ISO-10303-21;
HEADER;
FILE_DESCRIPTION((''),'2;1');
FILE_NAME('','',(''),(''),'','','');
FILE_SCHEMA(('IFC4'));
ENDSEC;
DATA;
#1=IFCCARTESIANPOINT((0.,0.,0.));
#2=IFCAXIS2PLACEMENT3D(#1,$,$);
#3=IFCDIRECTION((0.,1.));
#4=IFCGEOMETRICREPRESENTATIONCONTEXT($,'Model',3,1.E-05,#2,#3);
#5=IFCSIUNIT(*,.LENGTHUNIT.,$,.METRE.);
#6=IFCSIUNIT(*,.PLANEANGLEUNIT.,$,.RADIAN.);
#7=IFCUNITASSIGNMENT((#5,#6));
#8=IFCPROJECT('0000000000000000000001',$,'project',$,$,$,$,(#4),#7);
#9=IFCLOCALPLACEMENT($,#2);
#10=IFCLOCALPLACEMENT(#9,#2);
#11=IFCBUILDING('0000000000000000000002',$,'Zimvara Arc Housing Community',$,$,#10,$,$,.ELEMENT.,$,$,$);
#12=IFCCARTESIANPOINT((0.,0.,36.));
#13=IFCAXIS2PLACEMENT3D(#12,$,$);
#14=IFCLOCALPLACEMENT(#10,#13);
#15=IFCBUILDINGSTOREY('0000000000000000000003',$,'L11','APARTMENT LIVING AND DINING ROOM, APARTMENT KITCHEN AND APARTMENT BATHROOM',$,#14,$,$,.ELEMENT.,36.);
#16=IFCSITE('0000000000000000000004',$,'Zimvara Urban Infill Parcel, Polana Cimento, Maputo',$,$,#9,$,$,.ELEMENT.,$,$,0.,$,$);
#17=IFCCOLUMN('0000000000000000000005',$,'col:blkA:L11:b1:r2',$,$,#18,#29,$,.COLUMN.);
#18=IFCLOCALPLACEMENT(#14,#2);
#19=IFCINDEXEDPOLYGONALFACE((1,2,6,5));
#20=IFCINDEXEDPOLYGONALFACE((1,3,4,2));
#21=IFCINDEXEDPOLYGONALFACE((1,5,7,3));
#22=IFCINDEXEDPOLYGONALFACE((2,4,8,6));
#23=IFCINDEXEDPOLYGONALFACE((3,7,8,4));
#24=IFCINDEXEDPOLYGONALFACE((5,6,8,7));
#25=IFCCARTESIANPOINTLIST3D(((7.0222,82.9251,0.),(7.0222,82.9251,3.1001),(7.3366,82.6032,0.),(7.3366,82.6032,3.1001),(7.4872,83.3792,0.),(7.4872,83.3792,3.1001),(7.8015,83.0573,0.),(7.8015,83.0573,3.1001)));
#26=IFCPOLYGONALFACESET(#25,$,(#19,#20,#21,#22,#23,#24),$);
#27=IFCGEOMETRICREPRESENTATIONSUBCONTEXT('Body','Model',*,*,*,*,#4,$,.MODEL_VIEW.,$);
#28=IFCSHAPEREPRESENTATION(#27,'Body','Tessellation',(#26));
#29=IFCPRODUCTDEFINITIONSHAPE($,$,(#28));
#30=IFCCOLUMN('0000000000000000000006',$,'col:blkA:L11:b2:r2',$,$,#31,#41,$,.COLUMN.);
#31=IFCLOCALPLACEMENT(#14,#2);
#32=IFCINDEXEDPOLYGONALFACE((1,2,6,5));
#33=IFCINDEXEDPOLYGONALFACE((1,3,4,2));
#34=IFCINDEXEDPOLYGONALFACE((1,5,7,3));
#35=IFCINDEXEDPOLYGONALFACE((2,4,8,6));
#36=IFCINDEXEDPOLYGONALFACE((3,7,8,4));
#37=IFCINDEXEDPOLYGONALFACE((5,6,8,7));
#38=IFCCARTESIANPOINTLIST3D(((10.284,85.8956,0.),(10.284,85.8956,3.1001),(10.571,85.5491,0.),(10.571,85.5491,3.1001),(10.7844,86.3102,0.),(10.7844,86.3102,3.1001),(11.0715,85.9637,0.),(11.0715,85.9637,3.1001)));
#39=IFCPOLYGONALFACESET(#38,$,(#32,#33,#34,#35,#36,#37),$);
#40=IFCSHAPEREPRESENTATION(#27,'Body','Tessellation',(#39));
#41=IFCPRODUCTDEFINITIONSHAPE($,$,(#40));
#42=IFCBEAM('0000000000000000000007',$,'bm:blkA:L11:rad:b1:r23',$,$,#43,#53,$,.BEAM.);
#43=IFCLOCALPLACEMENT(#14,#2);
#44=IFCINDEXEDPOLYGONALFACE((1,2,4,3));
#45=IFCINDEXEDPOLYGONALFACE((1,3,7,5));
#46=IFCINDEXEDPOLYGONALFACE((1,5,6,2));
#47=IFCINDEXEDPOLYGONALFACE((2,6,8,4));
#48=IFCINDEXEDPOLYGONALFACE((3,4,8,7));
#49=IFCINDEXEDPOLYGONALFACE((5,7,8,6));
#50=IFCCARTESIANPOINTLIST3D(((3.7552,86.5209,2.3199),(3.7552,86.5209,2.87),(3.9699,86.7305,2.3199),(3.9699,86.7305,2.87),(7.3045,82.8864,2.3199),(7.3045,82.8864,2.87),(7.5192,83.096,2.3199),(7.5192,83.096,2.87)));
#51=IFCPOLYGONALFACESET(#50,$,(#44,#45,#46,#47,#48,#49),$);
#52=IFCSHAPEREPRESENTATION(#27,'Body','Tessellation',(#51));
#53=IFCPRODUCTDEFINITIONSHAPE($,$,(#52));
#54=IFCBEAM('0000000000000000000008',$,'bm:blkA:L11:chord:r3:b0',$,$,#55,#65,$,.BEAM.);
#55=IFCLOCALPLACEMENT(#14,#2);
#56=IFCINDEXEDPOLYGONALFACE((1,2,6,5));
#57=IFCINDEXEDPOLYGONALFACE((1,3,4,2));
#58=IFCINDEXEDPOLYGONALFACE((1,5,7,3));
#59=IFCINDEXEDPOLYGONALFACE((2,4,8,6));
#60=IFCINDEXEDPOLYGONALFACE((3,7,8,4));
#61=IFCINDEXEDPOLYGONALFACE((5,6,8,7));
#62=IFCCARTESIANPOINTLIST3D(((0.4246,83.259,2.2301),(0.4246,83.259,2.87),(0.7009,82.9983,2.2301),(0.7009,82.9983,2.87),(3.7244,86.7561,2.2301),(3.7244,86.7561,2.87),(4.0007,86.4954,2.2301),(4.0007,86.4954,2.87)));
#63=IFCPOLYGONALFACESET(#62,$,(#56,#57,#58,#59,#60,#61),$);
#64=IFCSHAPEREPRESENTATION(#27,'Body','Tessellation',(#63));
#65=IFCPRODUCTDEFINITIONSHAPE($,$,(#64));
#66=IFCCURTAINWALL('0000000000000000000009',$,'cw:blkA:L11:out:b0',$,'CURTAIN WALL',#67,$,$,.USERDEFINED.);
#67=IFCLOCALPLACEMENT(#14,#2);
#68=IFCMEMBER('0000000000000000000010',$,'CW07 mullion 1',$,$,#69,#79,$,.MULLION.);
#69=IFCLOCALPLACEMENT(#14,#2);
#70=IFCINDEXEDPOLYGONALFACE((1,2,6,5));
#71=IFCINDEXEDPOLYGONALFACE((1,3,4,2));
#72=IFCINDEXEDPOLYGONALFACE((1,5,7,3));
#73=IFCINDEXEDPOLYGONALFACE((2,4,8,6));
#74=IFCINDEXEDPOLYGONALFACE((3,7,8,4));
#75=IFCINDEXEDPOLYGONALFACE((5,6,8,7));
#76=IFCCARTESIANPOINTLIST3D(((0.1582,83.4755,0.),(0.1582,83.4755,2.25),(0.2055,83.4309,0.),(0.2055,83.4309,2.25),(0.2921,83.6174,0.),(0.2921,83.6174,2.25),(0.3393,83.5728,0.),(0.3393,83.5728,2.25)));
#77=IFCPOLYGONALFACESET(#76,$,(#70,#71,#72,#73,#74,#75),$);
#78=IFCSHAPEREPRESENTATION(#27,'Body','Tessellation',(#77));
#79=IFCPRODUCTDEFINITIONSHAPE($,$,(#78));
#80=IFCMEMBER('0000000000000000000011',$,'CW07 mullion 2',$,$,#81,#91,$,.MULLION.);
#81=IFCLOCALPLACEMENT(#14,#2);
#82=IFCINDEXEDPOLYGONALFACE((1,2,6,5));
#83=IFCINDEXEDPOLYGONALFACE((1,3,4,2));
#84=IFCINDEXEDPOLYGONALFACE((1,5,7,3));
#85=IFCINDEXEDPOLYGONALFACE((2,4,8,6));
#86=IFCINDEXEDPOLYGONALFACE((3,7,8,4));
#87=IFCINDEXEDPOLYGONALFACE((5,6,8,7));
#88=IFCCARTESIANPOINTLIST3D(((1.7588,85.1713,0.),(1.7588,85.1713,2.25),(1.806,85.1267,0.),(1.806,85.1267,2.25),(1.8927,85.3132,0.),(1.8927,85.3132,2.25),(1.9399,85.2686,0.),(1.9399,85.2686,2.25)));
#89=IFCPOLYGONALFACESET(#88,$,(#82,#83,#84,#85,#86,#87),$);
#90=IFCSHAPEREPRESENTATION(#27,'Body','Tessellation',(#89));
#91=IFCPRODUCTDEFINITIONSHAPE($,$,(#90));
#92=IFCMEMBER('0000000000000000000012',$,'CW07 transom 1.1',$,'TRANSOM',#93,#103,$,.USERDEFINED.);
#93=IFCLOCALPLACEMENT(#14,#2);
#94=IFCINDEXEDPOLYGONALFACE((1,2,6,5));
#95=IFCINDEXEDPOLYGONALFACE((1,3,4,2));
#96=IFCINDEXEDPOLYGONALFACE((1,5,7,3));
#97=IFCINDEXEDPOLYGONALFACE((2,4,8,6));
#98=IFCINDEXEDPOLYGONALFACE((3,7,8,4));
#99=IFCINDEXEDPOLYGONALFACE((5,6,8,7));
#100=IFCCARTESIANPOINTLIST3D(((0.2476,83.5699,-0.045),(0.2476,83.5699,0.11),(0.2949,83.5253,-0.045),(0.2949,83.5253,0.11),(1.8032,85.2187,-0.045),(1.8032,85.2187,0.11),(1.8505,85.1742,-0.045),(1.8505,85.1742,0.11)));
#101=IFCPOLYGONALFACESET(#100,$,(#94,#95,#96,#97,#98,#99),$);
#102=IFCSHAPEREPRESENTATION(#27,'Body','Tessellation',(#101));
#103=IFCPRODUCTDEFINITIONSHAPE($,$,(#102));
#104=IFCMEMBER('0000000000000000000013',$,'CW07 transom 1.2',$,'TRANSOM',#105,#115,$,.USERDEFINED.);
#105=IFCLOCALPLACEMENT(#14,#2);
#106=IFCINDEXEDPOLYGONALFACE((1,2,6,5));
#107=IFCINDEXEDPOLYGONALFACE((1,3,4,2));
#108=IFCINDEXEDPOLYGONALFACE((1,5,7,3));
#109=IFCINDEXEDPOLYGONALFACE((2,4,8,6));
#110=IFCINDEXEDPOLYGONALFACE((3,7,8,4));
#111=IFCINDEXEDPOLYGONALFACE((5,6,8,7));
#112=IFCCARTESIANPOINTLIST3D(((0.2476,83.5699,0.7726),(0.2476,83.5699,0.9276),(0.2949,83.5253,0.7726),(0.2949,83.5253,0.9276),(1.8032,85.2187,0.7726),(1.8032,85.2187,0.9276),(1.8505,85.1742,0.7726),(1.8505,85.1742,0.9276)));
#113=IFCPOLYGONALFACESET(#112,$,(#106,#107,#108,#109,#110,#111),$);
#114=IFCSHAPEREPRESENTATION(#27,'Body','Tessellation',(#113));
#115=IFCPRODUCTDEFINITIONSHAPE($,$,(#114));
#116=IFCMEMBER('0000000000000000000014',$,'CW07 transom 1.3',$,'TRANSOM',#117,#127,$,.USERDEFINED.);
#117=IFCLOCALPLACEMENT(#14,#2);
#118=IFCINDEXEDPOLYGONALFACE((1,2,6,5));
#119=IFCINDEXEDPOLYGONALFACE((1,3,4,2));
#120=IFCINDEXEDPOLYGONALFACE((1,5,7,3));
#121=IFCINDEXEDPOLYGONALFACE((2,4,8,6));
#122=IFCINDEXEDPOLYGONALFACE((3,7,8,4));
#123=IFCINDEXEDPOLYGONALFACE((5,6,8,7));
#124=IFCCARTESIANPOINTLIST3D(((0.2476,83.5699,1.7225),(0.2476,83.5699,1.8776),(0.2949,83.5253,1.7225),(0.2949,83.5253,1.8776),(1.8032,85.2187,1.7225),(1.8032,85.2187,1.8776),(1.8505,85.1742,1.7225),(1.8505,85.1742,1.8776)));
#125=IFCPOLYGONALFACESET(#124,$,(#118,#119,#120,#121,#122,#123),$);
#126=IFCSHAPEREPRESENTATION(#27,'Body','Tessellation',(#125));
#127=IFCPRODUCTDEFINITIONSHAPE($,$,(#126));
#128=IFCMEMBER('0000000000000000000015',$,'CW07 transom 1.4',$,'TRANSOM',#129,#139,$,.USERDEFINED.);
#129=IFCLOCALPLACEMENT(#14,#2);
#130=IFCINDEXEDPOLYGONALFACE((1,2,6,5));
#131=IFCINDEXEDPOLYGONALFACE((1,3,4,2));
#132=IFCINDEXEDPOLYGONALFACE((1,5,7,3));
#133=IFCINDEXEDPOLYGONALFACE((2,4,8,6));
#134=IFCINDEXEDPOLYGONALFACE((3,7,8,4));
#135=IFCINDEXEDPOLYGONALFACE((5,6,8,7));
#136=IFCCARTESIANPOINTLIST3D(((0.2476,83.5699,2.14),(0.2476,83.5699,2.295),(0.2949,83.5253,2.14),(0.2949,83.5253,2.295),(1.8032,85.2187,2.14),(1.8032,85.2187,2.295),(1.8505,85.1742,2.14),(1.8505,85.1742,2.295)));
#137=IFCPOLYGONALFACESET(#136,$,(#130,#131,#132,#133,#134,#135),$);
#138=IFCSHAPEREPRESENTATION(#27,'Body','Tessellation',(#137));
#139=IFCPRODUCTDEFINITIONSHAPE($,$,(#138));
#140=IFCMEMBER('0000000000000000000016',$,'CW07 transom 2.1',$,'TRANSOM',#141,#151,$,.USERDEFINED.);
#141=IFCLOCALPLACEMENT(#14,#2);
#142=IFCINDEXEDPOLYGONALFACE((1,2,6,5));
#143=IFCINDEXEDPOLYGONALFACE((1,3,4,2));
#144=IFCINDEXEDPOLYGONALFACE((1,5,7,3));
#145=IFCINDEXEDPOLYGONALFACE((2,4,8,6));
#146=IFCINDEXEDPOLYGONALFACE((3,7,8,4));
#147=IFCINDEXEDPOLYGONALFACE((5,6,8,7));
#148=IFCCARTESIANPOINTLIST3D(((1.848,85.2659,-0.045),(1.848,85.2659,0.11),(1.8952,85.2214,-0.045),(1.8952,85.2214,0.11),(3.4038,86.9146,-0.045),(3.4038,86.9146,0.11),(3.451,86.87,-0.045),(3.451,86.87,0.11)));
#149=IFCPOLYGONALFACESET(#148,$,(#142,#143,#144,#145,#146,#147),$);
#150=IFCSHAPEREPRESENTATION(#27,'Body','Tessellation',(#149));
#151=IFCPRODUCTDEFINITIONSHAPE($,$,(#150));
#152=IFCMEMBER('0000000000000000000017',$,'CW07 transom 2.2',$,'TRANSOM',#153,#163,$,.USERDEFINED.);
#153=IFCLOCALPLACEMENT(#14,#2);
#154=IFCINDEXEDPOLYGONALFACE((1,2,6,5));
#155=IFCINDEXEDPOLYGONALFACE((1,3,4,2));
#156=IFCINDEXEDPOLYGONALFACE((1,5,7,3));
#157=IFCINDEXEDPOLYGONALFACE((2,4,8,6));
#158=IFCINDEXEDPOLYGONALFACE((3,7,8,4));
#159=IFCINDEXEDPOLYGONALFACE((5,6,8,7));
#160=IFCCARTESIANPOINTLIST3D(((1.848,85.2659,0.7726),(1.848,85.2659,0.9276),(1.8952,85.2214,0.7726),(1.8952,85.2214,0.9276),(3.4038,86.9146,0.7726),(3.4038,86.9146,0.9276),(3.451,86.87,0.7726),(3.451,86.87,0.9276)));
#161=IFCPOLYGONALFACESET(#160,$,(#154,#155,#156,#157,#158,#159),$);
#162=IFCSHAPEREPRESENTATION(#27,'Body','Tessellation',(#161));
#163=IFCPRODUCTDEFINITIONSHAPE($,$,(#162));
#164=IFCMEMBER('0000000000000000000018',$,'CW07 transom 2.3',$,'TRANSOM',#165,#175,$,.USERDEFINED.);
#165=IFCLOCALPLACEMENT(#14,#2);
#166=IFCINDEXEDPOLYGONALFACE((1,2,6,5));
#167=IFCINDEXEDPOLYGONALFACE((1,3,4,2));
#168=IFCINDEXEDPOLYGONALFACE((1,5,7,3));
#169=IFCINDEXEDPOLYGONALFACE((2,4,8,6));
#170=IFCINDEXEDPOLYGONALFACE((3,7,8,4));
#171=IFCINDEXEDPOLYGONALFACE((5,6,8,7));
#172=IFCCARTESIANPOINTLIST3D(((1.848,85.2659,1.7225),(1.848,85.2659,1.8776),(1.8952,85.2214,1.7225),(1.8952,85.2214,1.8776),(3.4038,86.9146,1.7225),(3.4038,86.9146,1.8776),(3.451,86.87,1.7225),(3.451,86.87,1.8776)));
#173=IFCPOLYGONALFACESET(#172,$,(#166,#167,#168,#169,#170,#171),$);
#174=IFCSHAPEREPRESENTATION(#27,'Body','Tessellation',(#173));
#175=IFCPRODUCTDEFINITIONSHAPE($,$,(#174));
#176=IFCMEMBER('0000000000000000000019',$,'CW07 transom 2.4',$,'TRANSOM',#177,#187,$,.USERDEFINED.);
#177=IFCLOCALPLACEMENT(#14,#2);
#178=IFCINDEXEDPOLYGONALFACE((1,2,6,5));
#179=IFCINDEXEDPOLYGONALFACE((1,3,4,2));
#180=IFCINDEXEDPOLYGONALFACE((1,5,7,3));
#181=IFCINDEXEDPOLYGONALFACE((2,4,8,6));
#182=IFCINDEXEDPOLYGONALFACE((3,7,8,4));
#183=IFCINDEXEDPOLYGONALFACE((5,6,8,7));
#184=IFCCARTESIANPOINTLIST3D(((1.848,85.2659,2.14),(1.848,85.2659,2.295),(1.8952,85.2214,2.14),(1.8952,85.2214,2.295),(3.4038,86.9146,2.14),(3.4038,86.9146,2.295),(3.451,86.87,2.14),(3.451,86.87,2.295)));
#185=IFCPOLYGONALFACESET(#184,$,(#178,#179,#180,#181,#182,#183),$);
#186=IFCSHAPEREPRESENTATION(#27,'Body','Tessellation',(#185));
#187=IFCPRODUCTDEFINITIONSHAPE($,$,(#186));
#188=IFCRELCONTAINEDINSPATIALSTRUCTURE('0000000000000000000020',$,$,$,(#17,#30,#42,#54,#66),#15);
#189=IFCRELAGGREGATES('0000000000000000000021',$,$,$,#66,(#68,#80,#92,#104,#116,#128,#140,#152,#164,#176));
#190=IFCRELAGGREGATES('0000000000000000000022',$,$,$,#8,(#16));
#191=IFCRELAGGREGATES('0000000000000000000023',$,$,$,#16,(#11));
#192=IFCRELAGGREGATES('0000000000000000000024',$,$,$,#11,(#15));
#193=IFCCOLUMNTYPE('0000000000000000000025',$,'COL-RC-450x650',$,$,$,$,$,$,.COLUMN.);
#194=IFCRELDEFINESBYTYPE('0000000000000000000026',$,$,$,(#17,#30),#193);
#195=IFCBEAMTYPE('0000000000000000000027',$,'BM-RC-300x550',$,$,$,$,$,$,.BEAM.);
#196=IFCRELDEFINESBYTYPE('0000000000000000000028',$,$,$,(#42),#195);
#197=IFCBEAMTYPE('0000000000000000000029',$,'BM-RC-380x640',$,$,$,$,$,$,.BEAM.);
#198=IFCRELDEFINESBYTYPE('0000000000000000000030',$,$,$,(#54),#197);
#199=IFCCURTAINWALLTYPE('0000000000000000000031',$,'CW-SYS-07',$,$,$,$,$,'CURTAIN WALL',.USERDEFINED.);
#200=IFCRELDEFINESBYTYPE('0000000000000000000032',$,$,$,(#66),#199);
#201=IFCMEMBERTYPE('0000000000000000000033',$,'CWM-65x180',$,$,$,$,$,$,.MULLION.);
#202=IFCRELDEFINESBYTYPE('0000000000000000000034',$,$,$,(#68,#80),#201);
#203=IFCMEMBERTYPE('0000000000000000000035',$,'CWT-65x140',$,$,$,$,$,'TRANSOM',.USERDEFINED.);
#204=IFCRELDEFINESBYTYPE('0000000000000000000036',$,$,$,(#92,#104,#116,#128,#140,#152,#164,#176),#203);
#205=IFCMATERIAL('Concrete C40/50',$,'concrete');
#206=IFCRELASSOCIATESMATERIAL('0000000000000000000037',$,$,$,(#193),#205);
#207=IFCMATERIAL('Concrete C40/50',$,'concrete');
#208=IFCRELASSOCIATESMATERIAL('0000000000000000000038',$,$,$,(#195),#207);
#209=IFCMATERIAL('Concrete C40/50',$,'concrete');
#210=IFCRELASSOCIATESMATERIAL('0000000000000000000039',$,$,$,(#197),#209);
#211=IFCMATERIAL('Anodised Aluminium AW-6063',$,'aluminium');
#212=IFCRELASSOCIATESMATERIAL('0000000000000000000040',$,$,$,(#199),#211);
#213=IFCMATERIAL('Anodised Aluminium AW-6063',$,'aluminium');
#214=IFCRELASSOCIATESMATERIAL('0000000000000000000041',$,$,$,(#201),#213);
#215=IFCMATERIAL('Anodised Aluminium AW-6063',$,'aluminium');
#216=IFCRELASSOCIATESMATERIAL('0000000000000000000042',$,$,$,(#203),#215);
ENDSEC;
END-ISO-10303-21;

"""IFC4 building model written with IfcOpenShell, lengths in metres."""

from ifc_helpers import new_model, si_unit, direction, frame, origin, origin_2d, place, context, subcontext, project, spatial, rectangle, extrude, material, material_profile, profile_set, type_object, element, aggregate, save


model = new_model("IFC4")

# Units and contexts
model_context = context("Model", 3, precision=1e-05, world=origin(), true_north=direction((0.0, 1.0)))
body_context = subcontext(model_context, "Body", "Model", "MODEL_VIEW")
ifc_project = project(units=[si_unit("LENGTHUNIT", "METRE"), si_unit("PLANEANGLEUNIT", "RADIAN")], contexts=[model_context])

# Site, building, storey
site_placement = place(None, origin())
site = spatial("IfcSite", under=ifc_project, at=site_placement, Name="Zimvara Urban Infill Parcel, Polana Cimento, Maputo", CompositionType="ELEMENT", RefElevation=0.0)
building_placement = place(site_placement, origin())
building = spatial("IfcBuilding", under=site, at=building_placement, Name="Zimvara Arc Housing Community", CompositionType="ELEMENT")
storey_placement = place(building_placement, frame((0.0, 0.0, 36.0)))
storey = spatial("IfcBuildingStorey", under=building, at=storey_placement, Name="L11", Description="APARTMENT LIVING AND DINING ROOM, APARTMENT KITCHEN AND APARTMENT BATHROOM", CompositionType="ELEMENT", Elevation=36.0)

# Columns
ifc_material_1 = material(Name="Concrete C40/50", Category="concrete")
ifc_material_profile_1 = material_profile(ifc_material_1, rectangle(XDim=0.45, YDim=0.6499, at=origin_2d()), Name="RC 450x650")
ifc_profile_set_1 = profile_set([ifc_material_profile_1], Name="Concrete C40/50")
column_type_1 = type_object("IfcColumnType", Name="COL-RC-450x650", PredefinedType="COLUMN", material=ifc_profile_set_1)
for number, where, z_axis, x_axis, name in (
    (1, (7.4119, 82.9912, 0.0), (0.0, 0.0, 1.0), (-0.698665, 0.715449, 0.0), "col:blkA:L11:b1:r2"),
    (2, (10.6777, 85.9297, 0.0), (0.0, 0.0, 1.0), (-0.637962, 0.770068, 0.0), "col:blkA:L11:b2:r2"),
):
    element("IfcColumn", number, at=place(storey_placement, frame(where, z_axis=z_axis, x_axis=x_axis)), inside=storey, type_object=column_type_1, Name=name, PredefinedType="COLUMN", context=body_context, shape_type="SweptSolid", body=[
        extrude(rectangle(XDim=0.45, YDim=0.6499, at=origin_2d()), origin(), (0.0, 0.0, 1.0), 3.1001),
    ])

# Beams
ifc_material_2 = material(Name="Concrete C40/50", Category="concrete")
ifc_material_profile_2 = material_profile(ifc_material_2, rectangle(XDim=0.3, YDim=0.55, at=origin_2d()), Name="RC 300x550")
ifc_profile_set_2 = profile_set([ifc_material_profile_2], Name="Concrete C40/50")
beam_type_1 = type_object("IfcBeamType", Name="BM-RC-300x550", PredefinedType="BEAM", material=ifc_profile_set_2)
beam_1_placement = place(storey_placement, frame((7.4119, 82.9912, 2.595), z_axis=(-0.698671, 0.715443, 0.0), x_axis=(-0.715443, -0.698671, 0.0)))
element("IfcBeam", 3, at=beam_1_placement, inside=storey, type_object=beam_type_1, Name="bm:blkA:L11:rad:b1:r23", PredefinedType="BEAM", context=body_context, shape_type="SweptSolid", body=[
    extrude(rectangle(XDim=0.3, YDim=0.55, at=origin_2d()), origin(), (0.0, 0.0, 1.0), 5.0801),
])
ifc_material_3 = material(Name="Concrete C40/50", Category="concrete")
ifc_material_profile_3 = material_profile(ifc_material_3, rectangle(XDim=0.3799, YDim=0.6399, at=origin_2d()), Name="RC 380x640")
ifc_profile_set_3 = profile_set([ifc_material_profile_3], Name="Concrete C40/50")
beam_type_2 = type_object("IfcBeamType", Name="BM-RC-380x640", PredefinedType="BEAM", material=ifc_profile_set_3)
beam_2_placement = place(storey_placement, frame((0.5627, 83.1287, 2.55), z_axis=(0.686295, 0.727323, 0.0), x_axis=(-0.727323, 0.686295, 0.0)))
element("IfcBeam", 4, at=beam_2_placement, inside=storey, type_object=beam_type_2, Name="bm:blkA:L11:chord:r3:b0", PredefinedType="BEAM", context=body_context, shape_type="SweptSolid", body=[
    extrude(rectangle(XDim=0.3799, YDim=0.6399, at=origin_2d()), origin(), (0.0, 0.0, 1.0), 4.8081),
])

# Curtain wall, members
ifc_material_4 = material(Name="Anodised Aluminium AW-6063", Category="aluminium")
curtain_wall_type = type_object("IfcCurtainWallType", Name="CW-SYS-07", ElementType="CURTAIN WALL", PredefinedType="USERDEFINED", material=ifc_material_4)
curtain_wall_placement = place(storey_placement, origin())
curtain_wall = element("IfcCurtainWall", 5, at=curtain_wall_placement, inside=storey, type_object=curtain_wall_type, Name="cw:blkA:L11:out:b0", ObjectType="CURTAIN WALL", PredefinedType="USERDEFINED")
ifc_material_5 = material(Name="Anodised Aluminium AW-6063", Category="aluminium")
ifc_material_profile_4 = material_profile(ifc_material_5, rectangle(XDim=0.0649, YDim=0.1951, at=origin_2d()), Name="ALU 65x195")
ifc_profile_set_4 = profile_set([ifc_material_profile_4], Name="Anodised Aluminium AW-6063")
member_type_1 = type_object("IfcMemberType", Name="CWM-65x180", PredefinedType="MULLION", material=ifc_profile_set_4)
member_1_placement = place(storey_placement, frame((0.2488, 83.5242, 0.0), z_axis=(0.0, 0.0, 1.0), x_axis=(-0.727294, 0.686326, 0.0)))
member_1 = element("IfcMember", 6, at=member_1_placement, type_object=member_type_1, Name="CW07 mullion 1", PredefinedType="MULLION", context=body_context, shape_type="SweptSolid", body=[
    extrude(rectangle(XDim=0.0649, YDim=0.1951, at=origin_2d()), origin(), (0.0, 0.0, 1.0), 2.25),
])
member_2_placement = place(storey_placement, frame((1.8494, 85.22, 0.0), z_axis=(0.0, 0.0, 1.0), x_axis=(-0.727294, 0.686326, 0.0)))
member_2 = element("IfcMember", 7, at=member_2_placement, type_object=member_type_1, Name="CW07 mullion 2", PredefinedType="MULLION", context=body_context, shape_type="SweptSolid", body=[
    extrude(rectangle(XDim=0.0649, YDim=0.1951, at=origin_2d()), origin(), (0.0, 0.0, 1.0), 2.25),
])
ifc_material_6 = material(Name="Anodised Aluminium AW-6063", Category="aluminium")
ifc_material_profile_5 = material_profile(ifc_material_6, rectangle(XDim=0.0649, YDim=0.155, at=origin_2d()), Name="ALU 65x155")
ifc_profile_set_5 = profile_set([ifc_material_profile_5], Name="Anodised Aluminium AW-6063")
member_type_2 = type_object("IfcMemberType", Name="CWT-65x140", ElementType="TRANSOM", PredefinedType="USERDEFINED", material=ifc_profile_set_5)
member_3_placement = place(storey_placement, frame((0.2712, 83.5476, 0.0325), z_axis=(0.686238, 0.727377, 0.0), x_axis=(-0.727377, 0.686238, 0.0)))
member_3 = element("IfcMember", 8, at=member_3_placement, type_object=member_type_2, Name="CW07 transom 1.1", ObjectType="TRANSOM", PredefinedType="USERDEFINED", context=body_context, shape_type="SweptSolid", body=[
    extrude(rectangle(XDim=0.0649, YDim=0.155, at=origin_2d()), origin(), (0.0, 0.0, 1.0), 2.2668),
])
member_4_placement = place(storey_placement, frame((0.2712, 83.5476, 0.8501), z_axis=(0.686238, 0.727377, 0.0), x_axis=(-0.727377, 0.686238, 0.0)))
member_4 = element("IfcMember", 9, at=member_4_placement, type_object=member_type_2, Name="CW07 transom 1.2", ObjectType="TRANSOM", PredefinedType="USERDEFINED", context=body_context, shape_type="SweptSolid", body=[
    extrude(rectangle(XDim=0.0649, YDim=0.155, at=origin_2d()), origin(), (0.0, 0.0, 1.0), 2.2668),
])
member_5_placement = place(storey_placement, frame((0.2712, 83.5476, 1.8), z_axis=(0.686238, 0.727377, 0.0), x_axis=(-0.727377, 0.686238, 0.0)))
member_5 = element("IfcMember", 10, at=member_5_placement, type_object=member_type_2, Name="CW07 transom 1.3", ObjectType="TRANSOM", PredefinedType="USERDEFINED", context=body_context, shape_type="SweptSolid", body=[
    extrude(rectangle(XDim=0.0649, YDim=0.155, at=origin_2d()), origin(), (0.0, 0.0, 1.0), 2.2668),
])
member_6_placement = place(storey_placement, frame((0.2712, 83.5476, 2.2175), z_axis=(0.686238, 0.727377, 0.0), x_axis=(-0.727377, 0.686238, 0.0)))
member_6 = element("IfcMember", 11, at=member_6_placement, type_object=member_type_2, Name="CW07 transom 1.4", ObjectType="TRANSOM", PredefinedType="USERDEFINED", context=body_context, shape_type="SweptSolid", body=[
    extrude(rectangle(XDim=0.0649, YDim=0.155, at=origin_2d()), origin(), (0.0, 0.0, 1.0), 2.2668),
])
member_7_placement = place(storey_placement, frame((1.8716, 85.2437, 0.0325), z_axis=(0.686348, 0.727273, 0.0), x_axis=(-0.727273, 0.686348, 0.0)))
member_7 = element("IfcMember", 12, at=member_7_placement, type_object=member_type_2, Name="CW07 transom 2.1", ObjectType="TRANSOM", PredefinedType="USERDEFINED", context=body_context, shape_type="SweptSolid", body=[
    extrude(rectangle(XDim=0.0649, YDim=0.155, at=origin_2d()), origin(), (0.0, 0.0, 1.0), 2.2668),
])
member_8_placement = place(storey_placement, frame((1.8716, 85.2437, 0.8501), z_axis=(0.686348, 0.727273, 0.0), x_axis=(-0.727273, 0.686348, 0.0)))
member_8 = element("IfcMember", 13, at=member_8_placement, type_object=member_type_2, Name="CW07 transom 2.2", ObjectType="TRANSOM", PredefinedType="USERDEFINED", context=body_context, shape_type="SweptSolid", body=[
    extrude(rectangle(XDim=0.0649, YDim=0.155, at=origin_2d()), origin(), (0.0, 0.0, 1.0), 2.2668),
])
member_9_placement = place(storey_placement, frame((1.8716, 85.2437, 1.8), z_axis=(0.686348, 0.727273, 0.0), x_axis=(-0.727273, 0.686348, 0.0)))
member_9 = element("IfcMember", 14, at=member_9_placement, type_object=member_type_2, Name="CW07 transom 2.3", ObjectType="TRANSOM", PredefinedType="USERDEFINED", context=body_context, shape_type="SweptSolid", body=[
    extrude(rectangle(XDim=0.0649, YDim=0.155, at=origin_2d()), origin(), (0.0, 0.0, 1.0), 2.2668),
])
member_10_placement = place(storey_placement, frame((1.8716, 85.2437, 2.2175), z_axis=(0.686348, 0.727273, 0.0), x_axis=(-0.727273, 0.686348, 0.0)))
member_10 = element("IfcMember", 15, at=member_10_placement, type_object=member_type_2, Name="CW07 transom 2.4", ObjectType="TRANSOM", PredefinedType="USERDEFINED", context=body_context, shape_type="SweptSolid", body=[
    extrude(rectangle(XDim=0.0649, YDim=0.155, at=origin_2d()), origin(), (0.0, 0.0, 1.0), 2.2668),
])
aggregate(curtain_wall, [member_1, member_2, member_3, member_4, member_5, member_6, member_7, member_8, member_9, member_10])

save(model, "model.ifc")
